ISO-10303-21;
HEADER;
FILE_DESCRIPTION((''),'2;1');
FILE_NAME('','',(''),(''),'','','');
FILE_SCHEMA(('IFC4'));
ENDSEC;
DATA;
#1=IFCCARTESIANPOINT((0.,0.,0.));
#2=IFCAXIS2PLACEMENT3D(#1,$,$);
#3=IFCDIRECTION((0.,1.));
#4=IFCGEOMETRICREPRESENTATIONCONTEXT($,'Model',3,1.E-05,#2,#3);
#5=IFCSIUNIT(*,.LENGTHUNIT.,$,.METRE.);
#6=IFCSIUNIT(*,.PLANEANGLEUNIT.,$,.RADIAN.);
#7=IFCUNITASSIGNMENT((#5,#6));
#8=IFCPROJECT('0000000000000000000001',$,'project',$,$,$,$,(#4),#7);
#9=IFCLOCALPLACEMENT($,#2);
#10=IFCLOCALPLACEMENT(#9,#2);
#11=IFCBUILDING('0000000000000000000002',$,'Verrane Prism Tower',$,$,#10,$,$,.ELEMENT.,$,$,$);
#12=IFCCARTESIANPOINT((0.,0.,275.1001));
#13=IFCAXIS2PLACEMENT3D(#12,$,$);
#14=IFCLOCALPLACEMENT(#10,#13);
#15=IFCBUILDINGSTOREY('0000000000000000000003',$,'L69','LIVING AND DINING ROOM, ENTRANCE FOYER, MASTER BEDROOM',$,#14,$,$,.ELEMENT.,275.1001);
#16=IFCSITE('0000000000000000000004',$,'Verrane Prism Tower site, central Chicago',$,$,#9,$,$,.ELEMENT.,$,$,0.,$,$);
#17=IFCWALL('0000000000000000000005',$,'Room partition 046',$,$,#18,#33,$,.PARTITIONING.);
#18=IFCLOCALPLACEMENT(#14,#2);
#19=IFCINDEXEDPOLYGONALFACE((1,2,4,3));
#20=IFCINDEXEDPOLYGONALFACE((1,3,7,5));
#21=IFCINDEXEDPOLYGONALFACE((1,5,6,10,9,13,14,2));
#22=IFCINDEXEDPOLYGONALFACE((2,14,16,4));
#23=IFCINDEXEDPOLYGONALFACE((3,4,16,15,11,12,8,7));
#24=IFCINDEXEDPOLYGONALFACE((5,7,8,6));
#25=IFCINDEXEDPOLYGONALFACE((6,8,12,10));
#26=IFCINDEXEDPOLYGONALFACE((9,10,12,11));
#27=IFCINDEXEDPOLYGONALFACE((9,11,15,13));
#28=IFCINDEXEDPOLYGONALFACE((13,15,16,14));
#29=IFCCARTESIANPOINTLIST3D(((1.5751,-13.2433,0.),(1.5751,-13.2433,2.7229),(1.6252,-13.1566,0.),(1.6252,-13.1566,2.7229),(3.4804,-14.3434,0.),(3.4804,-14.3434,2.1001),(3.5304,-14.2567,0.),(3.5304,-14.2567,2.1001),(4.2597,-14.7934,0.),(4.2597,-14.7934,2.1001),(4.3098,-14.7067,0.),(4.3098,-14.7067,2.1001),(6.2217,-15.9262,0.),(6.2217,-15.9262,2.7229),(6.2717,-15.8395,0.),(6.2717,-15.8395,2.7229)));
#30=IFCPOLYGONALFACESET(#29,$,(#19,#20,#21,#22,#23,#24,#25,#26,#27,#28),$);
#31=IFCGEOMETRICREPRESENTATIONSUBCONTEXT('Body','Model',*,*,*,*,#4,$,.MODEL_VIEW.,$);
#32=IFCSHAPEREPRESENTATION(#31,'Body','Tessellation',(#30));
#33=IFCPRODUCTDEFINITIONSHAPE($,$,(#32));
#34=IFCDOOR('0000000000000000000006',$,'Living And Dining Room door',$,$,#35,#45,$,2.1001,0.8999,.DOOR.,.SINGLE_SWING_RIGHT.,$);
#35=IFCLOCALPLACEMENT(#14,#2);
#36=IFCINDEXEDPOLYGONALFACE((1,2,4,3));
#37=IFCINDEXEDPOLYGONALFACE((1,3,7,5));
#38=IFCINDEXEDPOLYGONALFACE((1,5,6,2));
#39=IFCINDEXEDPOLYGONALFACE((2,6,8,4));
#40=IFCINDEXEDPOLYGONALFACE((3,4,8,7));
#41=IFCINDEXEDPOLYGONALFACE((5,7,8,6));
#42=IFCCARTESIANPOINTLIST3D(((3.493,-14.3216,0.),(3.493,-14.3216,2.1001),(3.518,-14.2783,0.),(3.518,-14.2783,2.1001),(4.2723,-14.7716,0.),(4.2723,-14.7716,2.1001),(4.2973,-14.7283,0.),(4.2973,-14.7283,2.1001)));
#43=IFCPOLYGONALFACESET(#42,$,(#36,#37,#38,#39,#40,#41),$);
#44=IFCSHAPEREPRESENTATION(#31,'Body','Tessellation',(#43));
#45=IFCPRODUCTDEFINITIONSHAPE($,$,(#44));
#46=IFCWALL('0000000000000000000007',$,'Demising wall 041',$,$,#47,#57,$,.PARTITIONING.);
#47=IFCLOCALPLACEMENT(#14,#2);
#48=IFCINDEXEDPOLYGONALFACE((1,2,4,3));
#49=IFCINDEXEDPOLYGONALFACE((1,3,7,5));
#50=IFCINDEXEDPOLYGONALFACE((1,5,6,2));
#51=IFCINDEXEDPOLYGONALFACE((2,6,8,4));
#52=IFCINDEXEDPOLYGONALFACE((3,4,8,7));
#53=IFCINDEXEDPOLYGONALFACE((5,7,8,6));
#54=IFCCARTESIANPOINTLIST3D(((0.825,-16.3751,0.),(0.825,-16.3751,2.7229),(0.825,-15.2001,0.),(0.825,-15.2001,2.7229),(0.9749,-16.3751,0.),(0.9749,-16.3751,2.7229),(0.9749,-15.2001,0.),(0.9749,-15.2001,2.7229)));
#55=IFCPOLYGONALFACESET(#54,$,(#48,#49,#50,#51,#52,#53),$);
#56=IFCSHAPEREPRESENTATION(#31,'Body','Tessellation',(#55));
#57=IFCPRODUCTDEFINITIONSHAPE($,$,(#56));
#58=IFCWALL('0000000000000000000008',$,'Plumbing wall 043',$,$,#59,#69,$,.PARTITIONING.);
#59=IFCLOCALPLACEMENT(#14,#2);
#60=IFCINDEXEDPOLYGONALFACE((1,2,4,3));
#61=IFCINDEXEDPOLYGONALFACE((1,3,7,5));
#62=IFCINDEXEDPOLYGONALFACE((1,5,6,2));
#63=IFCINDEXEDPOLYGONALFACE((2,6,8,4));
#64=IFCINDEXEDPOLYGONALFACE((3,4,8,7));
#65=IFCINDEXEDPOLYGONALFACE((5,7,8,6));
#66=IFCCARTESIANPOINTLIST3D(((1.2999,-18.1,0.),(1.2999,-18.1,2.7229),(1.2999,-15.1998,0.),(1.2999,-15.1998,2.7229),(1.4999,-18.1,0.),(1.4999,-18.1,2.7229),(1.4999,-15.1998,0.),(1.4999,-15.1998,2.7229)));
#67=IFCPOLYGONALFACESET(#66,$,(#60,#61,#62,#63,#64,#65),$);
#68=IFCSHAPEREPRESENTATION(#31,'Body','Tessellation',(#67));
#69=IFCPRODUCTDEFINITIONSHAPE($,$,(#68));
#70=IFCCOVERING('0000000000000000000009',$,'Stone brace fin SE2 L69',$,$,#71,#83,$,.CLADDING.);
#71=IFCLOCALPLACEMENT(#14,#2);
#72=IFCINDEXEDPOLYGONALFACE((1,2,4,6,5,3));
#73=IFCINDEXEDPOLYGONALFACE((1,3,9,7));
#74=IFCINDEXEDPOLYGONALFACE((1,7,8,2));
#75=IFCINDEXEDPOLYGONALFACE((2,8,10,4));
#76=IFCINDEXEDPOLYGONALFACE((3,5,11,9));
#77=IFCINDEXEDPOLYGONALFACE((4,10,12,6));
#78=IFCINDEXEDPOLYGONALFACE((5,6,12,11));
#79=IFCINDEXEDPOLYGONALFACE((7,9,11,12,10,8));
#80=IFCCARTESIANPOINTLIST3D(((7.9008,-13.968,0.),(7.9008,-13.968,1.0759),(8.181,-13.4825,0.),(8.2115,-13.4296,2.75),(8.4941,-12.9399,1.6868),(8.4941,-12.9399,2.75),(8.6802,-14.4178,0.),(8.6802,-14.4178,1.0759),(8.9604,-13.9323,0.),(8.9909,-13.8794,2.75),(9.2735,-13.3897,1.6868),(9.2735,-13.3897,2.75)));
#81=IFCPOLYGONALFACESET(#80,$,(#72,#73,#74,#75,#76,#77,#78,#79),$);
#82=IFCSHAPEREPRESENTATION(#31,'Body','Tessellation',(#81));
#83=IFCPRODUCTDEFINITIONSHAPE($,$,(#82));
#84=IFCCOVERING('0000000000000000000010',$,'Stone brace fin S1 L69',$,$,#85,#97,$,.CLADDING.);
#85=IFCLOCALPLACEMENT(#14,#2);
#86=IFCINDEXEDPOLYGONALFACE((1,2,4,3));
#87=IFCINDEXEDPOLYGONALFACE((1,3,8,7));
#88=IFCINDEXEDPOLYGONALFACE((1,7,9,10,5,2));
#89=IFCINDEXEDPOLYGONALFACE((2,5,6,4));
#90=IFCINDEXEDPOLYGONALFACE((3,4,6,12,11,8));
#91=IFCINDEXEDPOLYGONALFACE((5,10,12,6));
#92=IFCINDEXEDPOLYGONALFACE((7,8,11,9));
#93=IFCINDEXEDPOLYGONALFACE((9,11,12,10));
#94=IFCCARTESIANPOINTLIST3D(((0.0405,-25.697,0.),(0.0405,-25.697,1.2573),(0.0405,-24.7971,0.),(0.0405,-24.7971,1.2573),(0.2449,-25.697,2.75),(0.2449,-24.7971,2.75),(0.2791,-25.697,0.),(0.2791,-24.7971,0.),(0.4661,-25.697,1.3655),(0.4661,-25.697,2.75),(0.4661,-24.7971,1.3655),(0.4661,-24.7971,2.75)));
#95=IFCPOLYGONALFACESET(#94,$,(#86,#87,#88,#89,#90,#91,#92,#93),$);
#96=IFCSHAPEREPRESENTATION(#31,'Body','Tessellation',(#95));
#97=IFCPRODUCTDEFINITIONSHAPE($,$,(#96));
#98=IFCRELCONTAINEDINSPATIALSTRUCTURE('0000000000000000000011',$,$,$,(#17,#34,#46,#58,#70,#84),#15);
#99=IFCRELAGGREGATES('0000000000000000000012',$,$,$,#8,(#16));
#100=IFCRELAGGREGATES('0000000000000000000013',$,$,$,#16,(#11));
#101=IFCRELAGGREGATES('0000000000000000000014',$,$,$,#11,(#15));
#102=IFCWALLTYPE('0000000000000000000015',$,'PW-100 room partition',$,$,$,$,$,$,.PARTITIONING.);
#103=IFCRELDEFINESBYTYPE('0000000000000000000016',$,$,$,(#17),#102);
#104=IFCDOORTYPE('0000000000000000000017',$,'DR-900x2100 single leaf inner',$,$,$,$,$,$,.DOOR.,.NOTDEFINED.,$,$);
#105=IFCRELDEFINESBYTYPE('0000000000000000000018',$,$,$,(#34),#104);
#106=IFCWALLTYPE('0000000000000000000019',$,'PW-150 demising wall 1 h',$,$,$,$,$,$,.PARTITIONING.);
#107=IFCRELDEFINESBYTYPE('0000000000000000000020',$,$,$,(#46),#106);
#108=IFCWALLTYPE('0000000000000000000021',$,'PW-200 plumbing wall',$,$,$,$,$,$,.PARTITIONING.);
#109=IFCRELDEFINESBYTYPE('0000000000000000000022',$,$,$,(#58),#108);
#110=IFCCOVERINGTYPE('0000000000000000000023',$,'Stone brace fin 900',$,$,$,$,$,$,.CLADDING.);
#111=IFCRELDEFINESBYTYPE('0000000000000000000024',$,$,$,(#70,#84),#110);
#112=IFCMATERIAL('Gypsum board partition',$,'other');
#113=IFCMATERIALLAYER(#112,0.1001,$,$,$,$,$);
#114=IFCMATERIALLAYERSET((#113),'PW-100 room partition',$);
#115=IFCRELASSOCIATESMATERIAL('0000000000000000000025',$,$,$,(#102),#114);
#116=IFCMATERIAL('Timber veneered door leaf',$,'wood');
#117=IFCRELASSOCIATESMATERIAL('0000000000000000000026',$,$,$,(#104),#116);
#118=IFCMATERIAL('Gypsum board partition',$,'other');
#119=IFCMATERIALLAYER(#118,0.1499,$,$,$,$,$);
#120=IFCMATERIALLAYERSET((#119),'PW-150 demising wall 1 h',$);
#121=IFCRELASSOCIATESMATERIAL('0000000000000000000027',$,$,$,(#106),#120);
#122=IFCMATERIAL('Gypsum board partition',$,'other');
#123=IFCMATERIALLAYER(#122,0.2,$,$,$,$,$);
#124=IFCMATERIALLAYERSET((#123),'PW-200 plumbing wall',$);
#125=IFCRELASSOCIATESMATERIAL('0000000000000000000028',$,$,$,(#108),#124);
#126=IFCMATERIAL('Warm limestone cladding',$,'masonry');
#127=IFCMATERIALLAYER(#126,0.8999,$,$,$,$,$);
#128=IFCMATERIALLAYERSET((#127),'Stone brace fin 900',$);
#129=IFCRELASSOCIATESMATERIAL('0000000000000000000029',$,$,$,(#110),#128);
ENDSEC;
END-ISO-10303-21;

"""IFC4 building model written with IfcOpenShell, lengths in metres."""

from ifc_helpers import new_model, si_unit, direction, frame, frame_2d, origin, place, context, subcontext, project, spatial, polyline, rectangle, outline, extrude, material, layer, layer_set, type_object, element, fill, save


model = new_model("IFC4")

# Units and contexts
model_context = context("Model", 3, precision=1e-05, world=origin(), true_north=direction((0.0, 1.0)))
body_context = subcontext(model_context, "Body", "Model", "MODEL_VIEW")
ifc_project = project(units=[si_unit("LENGTHUNIT", "METRE"), si_unit("PLANEANGLEUNIT", "RADIAN")], contexts=[model_context])

# Site, building, storey
site_placement = place(None, origin())
site = spatial("IfcSite", under=ifc_project, at=site_placement, Name="Verrane Prism Tower site, central Chicago", CompositionType="ELEMENT", RefElevation=0.0)
building_placement = place(site_placement, origin())
building = spatial("IfcBuilding", under=site, at=building_placement, Name="Verrane Prism Tower", CompositionType="ELEMENT")
storey_placement = place(building_placement, frame((0.0, 0.0, 275.1001)))
storey = spatial("IfcBuildingStorey", under=building, at=storey_placement, Name="L69", Description="LIVING AND DINING ROOM, ENTRANCE FOYER, MASTER BEDROOM", CompositionType="ELEMENT", Elevation=275.1001)

# Wall, opening, door
ifc_material_1 = material(Name="Gypsum board partition", Category="other")
ifc_layer_1 = layer(ifc_material_1, 0.1001)
ifc_layer_set_1 = layer_set([ifc_layer_1], Name="PW-100 room partition")
wall_type_1 = type_object("IfcWallType", Name="PW-100 room partition", PredefinedType="PARTITIONING", material=ifc_layer_set_1)
wall_1_placement = place(storey_placement, frame((6.2466, -15.8828, 0.0), z_axis=(0.0, 0.0, 1.0), x_axis=(-0.866008, 0.50003, 0.0)))
wall_1 = element("IfcWall", 1, at=wall_1_placement, inside=storey, type_object=wall_type_1, Name="Room partition 046", PredefinedType="PARTITIONING", context=body_context, shape_type="SweptSolid", body=[
    extrude(rectangle(XDim=5.3655, YDim=0.1001, at=frame_2d((2.6826, 0.0))), origin(), (0.0, 0.0, 1.0), 2.7229),
])
opening_1_placement = place(wall_1_placement, frame((2.2654, 0.0, 0.0)))
opening_1 = element("IfcOpeningElement", 2, at=opening_1_placement, cuts=wall_1, PredefinedType="OPENING", context=body_context, shape_type="SweptSolid", body=[
    extrude(rectangle(XDim=0.8999, YDim=2.1001, at=frame_2d((0.45, 1.05))), frame((0.0, 0.0601, 0.0), z_axis=(0.0, -1.0, 0.0), x_axis=(1.0, 0.0, 0.0)), (0.0, 0.0, 1.0), 0.1201),
])
ifc_material_2 = material(Name="Timber veneered door leaf", Category="wood")
door_type_1 = type_object("IfcDoorType", Name="DR-900x2100 single leaf inner", OperationType="NOTDEFINED", PredefinedType="DOOR", material=ifc_material_2)
door_1_placement = place(opening_1_placement, origin())
door_1 = element("IfcDoor", 3, at=door_1_placement, inside=storey, type_object=door_type_1, Name="Living And Dining Room door", OperationType="SINGLE_SWING_RIGHT", OverallHeight=2.1001, OverallWidth=0.8999, PredefinedType="DOOR", context=body_context, shape_type="SweptSolid", body=[
    extrude(rectangle(XDim=0.8999, YDim=2.1001, at=frame_2d((0.45, 1.05))), frame((0.0, 0.0249, 0.0), z_axis=(0.0, -1.0, 0.0), x_axis=(1.0, 0.0, 0.0)), (0.0, 0.0, 1.0), 0.05),
])
fill(opening_1, door_1)

# Walls
ifc_material_3 = material(Name="Gypsum board partition", Category="other")
ifc_layer_2 = layer(ifc_material_3, 0.1499)
ifc_layer_set_2 = layer_set([ifc_layer_2], Name="PW-150 demising wall 1 h")
wall_type_2 = type_object("IfcWallType", Name="PW-150 demising wall 1 h", PredefinedType="PARTITIONING", material=ifc_layer_set_2)
wall_2_placement = place(storey_placement, frame((0.8999, -16.375, 0.0), z_axis=(0.0, 0.0, 1.0), x_axis=(0.0, 1.0, 0.0)))
element("IfcWall", 4, at=wall_2_placement, inside=storey, type_object=wall_type_2, Name="Demising wall 041", PredefinedType="PARTITIONING", context=body_context, shape_type="SweptSolid", body=[
    extrude(rectangle(XDim=1.175, YDim=0.1499, at=frame_2d((0.5874, 0.0))), origin(), (0.0, 0.0, 1.0), 2.7229),
])
ifc_material_4 = material(Name="Gypsum board partition", Category="other")
ifc_layer_3 = layer(ifc_material_4, 0.2)
ifc_layer_set_3 = layer_set([ifc_layer_3], Name="PW-200 plumbing wall")
wall_type_3 = type_object("IfcWallType", Name="PW-200 plumbing wall", PredefinedType="PARTITIONING", material=ifc_layer_set_3)
wall_3_placement = place(storey_placement, frame((1.3999, -18.1001, 0.0), z_axis=(0.0, 0.0, 1.0), x_axis=(0.0, 1.0, 0.0)))
element("IfcWall", 5, at=wall_3_placement, inside=storey, type_object=wall_type_3, Name="Plumbing wall 043", PredefinedType="PARTITIONING", context=body_context, shape_type="SweptSolid", body=[
    extrude(rectangle(XDim=2.9001, YDim=0.2, at=frame_2d((1.4502, 0.0))), origin(), (0.0, 0.0, 1.0), 2.7229),
])

# Coverings
ifc_material_5 = material(Name="Warm limestone cladding", Category="masonry")
ifc_layer_4 = layer(ifc_material_5, 0.8999)
ifc_layer_set_4 = layer_set([ifc_layer_4], Name="Stone brace fin 900")
covering_type = type_object("IfcCoveringType", Name="Stone brace fin 900", PredefinedType="CLADDING", material=ifc_layer_set_4)
covering_1_placement = place(storey_placement, frame((8.2905, -14.1929, 0.0), z_axis=(0.0, 0.0, 1.0), x_axis=(0.499811, 0.866134, 0.0)))
element("IfcCovering", 6, at=covering_1_placement, inside=storey, type_object=covering_type, Name="Stone brace fin SE2 L69", PredefinedType="CLADDING", context=body_context, shape_type="SweptSolid", body=[
    extrude(outline(polyline([(1.187, 2.75), (0.6216, 2.75), (0.0, 1.0759), (0.0, 0.0), (0.5605, 0.0), (1.187, 1.6868), (1.187, 2.75)])), frame((0.0, 0.45, 0.0), z_axis=(0.0, -1.0, 0.0), x_axis=(1.0, 0.0, 0.0)), (0.0, 0.0, 1.0), 0.8999),
])
covering_2_placement = place(storey_placement, frame((0.0405, -25.2471, 0.0), z_axis=(0.0, 0.0, 1.0), x_axis=(1.0, 0.0, 0.0)))
element("IfcCovering", 7, at=covering_2_placement, inside=storey, type_object=covering_type, Name="Stone brace fin S1 L69", PredefinedType="CLADDING", context=body_context, shape_type="SweptSolid", body=[
    extrude(outline(polyline([(0.4255, 2.75), (0.2043, 2.75), (0.0, 1.2573), (0.0, 0.0), (0.2385, 0.0), (0.4255, 1.3655), (0.4255, 2.75)])), frame((0.0, 0.45, 0.0), z_axis=(0.0, -1.0, 0.0), x_axis=(1.0, 0.0, 0.0)), (0.0, 0.0, 1.0), 0.8999),
])

save(model, "model.ifc")
